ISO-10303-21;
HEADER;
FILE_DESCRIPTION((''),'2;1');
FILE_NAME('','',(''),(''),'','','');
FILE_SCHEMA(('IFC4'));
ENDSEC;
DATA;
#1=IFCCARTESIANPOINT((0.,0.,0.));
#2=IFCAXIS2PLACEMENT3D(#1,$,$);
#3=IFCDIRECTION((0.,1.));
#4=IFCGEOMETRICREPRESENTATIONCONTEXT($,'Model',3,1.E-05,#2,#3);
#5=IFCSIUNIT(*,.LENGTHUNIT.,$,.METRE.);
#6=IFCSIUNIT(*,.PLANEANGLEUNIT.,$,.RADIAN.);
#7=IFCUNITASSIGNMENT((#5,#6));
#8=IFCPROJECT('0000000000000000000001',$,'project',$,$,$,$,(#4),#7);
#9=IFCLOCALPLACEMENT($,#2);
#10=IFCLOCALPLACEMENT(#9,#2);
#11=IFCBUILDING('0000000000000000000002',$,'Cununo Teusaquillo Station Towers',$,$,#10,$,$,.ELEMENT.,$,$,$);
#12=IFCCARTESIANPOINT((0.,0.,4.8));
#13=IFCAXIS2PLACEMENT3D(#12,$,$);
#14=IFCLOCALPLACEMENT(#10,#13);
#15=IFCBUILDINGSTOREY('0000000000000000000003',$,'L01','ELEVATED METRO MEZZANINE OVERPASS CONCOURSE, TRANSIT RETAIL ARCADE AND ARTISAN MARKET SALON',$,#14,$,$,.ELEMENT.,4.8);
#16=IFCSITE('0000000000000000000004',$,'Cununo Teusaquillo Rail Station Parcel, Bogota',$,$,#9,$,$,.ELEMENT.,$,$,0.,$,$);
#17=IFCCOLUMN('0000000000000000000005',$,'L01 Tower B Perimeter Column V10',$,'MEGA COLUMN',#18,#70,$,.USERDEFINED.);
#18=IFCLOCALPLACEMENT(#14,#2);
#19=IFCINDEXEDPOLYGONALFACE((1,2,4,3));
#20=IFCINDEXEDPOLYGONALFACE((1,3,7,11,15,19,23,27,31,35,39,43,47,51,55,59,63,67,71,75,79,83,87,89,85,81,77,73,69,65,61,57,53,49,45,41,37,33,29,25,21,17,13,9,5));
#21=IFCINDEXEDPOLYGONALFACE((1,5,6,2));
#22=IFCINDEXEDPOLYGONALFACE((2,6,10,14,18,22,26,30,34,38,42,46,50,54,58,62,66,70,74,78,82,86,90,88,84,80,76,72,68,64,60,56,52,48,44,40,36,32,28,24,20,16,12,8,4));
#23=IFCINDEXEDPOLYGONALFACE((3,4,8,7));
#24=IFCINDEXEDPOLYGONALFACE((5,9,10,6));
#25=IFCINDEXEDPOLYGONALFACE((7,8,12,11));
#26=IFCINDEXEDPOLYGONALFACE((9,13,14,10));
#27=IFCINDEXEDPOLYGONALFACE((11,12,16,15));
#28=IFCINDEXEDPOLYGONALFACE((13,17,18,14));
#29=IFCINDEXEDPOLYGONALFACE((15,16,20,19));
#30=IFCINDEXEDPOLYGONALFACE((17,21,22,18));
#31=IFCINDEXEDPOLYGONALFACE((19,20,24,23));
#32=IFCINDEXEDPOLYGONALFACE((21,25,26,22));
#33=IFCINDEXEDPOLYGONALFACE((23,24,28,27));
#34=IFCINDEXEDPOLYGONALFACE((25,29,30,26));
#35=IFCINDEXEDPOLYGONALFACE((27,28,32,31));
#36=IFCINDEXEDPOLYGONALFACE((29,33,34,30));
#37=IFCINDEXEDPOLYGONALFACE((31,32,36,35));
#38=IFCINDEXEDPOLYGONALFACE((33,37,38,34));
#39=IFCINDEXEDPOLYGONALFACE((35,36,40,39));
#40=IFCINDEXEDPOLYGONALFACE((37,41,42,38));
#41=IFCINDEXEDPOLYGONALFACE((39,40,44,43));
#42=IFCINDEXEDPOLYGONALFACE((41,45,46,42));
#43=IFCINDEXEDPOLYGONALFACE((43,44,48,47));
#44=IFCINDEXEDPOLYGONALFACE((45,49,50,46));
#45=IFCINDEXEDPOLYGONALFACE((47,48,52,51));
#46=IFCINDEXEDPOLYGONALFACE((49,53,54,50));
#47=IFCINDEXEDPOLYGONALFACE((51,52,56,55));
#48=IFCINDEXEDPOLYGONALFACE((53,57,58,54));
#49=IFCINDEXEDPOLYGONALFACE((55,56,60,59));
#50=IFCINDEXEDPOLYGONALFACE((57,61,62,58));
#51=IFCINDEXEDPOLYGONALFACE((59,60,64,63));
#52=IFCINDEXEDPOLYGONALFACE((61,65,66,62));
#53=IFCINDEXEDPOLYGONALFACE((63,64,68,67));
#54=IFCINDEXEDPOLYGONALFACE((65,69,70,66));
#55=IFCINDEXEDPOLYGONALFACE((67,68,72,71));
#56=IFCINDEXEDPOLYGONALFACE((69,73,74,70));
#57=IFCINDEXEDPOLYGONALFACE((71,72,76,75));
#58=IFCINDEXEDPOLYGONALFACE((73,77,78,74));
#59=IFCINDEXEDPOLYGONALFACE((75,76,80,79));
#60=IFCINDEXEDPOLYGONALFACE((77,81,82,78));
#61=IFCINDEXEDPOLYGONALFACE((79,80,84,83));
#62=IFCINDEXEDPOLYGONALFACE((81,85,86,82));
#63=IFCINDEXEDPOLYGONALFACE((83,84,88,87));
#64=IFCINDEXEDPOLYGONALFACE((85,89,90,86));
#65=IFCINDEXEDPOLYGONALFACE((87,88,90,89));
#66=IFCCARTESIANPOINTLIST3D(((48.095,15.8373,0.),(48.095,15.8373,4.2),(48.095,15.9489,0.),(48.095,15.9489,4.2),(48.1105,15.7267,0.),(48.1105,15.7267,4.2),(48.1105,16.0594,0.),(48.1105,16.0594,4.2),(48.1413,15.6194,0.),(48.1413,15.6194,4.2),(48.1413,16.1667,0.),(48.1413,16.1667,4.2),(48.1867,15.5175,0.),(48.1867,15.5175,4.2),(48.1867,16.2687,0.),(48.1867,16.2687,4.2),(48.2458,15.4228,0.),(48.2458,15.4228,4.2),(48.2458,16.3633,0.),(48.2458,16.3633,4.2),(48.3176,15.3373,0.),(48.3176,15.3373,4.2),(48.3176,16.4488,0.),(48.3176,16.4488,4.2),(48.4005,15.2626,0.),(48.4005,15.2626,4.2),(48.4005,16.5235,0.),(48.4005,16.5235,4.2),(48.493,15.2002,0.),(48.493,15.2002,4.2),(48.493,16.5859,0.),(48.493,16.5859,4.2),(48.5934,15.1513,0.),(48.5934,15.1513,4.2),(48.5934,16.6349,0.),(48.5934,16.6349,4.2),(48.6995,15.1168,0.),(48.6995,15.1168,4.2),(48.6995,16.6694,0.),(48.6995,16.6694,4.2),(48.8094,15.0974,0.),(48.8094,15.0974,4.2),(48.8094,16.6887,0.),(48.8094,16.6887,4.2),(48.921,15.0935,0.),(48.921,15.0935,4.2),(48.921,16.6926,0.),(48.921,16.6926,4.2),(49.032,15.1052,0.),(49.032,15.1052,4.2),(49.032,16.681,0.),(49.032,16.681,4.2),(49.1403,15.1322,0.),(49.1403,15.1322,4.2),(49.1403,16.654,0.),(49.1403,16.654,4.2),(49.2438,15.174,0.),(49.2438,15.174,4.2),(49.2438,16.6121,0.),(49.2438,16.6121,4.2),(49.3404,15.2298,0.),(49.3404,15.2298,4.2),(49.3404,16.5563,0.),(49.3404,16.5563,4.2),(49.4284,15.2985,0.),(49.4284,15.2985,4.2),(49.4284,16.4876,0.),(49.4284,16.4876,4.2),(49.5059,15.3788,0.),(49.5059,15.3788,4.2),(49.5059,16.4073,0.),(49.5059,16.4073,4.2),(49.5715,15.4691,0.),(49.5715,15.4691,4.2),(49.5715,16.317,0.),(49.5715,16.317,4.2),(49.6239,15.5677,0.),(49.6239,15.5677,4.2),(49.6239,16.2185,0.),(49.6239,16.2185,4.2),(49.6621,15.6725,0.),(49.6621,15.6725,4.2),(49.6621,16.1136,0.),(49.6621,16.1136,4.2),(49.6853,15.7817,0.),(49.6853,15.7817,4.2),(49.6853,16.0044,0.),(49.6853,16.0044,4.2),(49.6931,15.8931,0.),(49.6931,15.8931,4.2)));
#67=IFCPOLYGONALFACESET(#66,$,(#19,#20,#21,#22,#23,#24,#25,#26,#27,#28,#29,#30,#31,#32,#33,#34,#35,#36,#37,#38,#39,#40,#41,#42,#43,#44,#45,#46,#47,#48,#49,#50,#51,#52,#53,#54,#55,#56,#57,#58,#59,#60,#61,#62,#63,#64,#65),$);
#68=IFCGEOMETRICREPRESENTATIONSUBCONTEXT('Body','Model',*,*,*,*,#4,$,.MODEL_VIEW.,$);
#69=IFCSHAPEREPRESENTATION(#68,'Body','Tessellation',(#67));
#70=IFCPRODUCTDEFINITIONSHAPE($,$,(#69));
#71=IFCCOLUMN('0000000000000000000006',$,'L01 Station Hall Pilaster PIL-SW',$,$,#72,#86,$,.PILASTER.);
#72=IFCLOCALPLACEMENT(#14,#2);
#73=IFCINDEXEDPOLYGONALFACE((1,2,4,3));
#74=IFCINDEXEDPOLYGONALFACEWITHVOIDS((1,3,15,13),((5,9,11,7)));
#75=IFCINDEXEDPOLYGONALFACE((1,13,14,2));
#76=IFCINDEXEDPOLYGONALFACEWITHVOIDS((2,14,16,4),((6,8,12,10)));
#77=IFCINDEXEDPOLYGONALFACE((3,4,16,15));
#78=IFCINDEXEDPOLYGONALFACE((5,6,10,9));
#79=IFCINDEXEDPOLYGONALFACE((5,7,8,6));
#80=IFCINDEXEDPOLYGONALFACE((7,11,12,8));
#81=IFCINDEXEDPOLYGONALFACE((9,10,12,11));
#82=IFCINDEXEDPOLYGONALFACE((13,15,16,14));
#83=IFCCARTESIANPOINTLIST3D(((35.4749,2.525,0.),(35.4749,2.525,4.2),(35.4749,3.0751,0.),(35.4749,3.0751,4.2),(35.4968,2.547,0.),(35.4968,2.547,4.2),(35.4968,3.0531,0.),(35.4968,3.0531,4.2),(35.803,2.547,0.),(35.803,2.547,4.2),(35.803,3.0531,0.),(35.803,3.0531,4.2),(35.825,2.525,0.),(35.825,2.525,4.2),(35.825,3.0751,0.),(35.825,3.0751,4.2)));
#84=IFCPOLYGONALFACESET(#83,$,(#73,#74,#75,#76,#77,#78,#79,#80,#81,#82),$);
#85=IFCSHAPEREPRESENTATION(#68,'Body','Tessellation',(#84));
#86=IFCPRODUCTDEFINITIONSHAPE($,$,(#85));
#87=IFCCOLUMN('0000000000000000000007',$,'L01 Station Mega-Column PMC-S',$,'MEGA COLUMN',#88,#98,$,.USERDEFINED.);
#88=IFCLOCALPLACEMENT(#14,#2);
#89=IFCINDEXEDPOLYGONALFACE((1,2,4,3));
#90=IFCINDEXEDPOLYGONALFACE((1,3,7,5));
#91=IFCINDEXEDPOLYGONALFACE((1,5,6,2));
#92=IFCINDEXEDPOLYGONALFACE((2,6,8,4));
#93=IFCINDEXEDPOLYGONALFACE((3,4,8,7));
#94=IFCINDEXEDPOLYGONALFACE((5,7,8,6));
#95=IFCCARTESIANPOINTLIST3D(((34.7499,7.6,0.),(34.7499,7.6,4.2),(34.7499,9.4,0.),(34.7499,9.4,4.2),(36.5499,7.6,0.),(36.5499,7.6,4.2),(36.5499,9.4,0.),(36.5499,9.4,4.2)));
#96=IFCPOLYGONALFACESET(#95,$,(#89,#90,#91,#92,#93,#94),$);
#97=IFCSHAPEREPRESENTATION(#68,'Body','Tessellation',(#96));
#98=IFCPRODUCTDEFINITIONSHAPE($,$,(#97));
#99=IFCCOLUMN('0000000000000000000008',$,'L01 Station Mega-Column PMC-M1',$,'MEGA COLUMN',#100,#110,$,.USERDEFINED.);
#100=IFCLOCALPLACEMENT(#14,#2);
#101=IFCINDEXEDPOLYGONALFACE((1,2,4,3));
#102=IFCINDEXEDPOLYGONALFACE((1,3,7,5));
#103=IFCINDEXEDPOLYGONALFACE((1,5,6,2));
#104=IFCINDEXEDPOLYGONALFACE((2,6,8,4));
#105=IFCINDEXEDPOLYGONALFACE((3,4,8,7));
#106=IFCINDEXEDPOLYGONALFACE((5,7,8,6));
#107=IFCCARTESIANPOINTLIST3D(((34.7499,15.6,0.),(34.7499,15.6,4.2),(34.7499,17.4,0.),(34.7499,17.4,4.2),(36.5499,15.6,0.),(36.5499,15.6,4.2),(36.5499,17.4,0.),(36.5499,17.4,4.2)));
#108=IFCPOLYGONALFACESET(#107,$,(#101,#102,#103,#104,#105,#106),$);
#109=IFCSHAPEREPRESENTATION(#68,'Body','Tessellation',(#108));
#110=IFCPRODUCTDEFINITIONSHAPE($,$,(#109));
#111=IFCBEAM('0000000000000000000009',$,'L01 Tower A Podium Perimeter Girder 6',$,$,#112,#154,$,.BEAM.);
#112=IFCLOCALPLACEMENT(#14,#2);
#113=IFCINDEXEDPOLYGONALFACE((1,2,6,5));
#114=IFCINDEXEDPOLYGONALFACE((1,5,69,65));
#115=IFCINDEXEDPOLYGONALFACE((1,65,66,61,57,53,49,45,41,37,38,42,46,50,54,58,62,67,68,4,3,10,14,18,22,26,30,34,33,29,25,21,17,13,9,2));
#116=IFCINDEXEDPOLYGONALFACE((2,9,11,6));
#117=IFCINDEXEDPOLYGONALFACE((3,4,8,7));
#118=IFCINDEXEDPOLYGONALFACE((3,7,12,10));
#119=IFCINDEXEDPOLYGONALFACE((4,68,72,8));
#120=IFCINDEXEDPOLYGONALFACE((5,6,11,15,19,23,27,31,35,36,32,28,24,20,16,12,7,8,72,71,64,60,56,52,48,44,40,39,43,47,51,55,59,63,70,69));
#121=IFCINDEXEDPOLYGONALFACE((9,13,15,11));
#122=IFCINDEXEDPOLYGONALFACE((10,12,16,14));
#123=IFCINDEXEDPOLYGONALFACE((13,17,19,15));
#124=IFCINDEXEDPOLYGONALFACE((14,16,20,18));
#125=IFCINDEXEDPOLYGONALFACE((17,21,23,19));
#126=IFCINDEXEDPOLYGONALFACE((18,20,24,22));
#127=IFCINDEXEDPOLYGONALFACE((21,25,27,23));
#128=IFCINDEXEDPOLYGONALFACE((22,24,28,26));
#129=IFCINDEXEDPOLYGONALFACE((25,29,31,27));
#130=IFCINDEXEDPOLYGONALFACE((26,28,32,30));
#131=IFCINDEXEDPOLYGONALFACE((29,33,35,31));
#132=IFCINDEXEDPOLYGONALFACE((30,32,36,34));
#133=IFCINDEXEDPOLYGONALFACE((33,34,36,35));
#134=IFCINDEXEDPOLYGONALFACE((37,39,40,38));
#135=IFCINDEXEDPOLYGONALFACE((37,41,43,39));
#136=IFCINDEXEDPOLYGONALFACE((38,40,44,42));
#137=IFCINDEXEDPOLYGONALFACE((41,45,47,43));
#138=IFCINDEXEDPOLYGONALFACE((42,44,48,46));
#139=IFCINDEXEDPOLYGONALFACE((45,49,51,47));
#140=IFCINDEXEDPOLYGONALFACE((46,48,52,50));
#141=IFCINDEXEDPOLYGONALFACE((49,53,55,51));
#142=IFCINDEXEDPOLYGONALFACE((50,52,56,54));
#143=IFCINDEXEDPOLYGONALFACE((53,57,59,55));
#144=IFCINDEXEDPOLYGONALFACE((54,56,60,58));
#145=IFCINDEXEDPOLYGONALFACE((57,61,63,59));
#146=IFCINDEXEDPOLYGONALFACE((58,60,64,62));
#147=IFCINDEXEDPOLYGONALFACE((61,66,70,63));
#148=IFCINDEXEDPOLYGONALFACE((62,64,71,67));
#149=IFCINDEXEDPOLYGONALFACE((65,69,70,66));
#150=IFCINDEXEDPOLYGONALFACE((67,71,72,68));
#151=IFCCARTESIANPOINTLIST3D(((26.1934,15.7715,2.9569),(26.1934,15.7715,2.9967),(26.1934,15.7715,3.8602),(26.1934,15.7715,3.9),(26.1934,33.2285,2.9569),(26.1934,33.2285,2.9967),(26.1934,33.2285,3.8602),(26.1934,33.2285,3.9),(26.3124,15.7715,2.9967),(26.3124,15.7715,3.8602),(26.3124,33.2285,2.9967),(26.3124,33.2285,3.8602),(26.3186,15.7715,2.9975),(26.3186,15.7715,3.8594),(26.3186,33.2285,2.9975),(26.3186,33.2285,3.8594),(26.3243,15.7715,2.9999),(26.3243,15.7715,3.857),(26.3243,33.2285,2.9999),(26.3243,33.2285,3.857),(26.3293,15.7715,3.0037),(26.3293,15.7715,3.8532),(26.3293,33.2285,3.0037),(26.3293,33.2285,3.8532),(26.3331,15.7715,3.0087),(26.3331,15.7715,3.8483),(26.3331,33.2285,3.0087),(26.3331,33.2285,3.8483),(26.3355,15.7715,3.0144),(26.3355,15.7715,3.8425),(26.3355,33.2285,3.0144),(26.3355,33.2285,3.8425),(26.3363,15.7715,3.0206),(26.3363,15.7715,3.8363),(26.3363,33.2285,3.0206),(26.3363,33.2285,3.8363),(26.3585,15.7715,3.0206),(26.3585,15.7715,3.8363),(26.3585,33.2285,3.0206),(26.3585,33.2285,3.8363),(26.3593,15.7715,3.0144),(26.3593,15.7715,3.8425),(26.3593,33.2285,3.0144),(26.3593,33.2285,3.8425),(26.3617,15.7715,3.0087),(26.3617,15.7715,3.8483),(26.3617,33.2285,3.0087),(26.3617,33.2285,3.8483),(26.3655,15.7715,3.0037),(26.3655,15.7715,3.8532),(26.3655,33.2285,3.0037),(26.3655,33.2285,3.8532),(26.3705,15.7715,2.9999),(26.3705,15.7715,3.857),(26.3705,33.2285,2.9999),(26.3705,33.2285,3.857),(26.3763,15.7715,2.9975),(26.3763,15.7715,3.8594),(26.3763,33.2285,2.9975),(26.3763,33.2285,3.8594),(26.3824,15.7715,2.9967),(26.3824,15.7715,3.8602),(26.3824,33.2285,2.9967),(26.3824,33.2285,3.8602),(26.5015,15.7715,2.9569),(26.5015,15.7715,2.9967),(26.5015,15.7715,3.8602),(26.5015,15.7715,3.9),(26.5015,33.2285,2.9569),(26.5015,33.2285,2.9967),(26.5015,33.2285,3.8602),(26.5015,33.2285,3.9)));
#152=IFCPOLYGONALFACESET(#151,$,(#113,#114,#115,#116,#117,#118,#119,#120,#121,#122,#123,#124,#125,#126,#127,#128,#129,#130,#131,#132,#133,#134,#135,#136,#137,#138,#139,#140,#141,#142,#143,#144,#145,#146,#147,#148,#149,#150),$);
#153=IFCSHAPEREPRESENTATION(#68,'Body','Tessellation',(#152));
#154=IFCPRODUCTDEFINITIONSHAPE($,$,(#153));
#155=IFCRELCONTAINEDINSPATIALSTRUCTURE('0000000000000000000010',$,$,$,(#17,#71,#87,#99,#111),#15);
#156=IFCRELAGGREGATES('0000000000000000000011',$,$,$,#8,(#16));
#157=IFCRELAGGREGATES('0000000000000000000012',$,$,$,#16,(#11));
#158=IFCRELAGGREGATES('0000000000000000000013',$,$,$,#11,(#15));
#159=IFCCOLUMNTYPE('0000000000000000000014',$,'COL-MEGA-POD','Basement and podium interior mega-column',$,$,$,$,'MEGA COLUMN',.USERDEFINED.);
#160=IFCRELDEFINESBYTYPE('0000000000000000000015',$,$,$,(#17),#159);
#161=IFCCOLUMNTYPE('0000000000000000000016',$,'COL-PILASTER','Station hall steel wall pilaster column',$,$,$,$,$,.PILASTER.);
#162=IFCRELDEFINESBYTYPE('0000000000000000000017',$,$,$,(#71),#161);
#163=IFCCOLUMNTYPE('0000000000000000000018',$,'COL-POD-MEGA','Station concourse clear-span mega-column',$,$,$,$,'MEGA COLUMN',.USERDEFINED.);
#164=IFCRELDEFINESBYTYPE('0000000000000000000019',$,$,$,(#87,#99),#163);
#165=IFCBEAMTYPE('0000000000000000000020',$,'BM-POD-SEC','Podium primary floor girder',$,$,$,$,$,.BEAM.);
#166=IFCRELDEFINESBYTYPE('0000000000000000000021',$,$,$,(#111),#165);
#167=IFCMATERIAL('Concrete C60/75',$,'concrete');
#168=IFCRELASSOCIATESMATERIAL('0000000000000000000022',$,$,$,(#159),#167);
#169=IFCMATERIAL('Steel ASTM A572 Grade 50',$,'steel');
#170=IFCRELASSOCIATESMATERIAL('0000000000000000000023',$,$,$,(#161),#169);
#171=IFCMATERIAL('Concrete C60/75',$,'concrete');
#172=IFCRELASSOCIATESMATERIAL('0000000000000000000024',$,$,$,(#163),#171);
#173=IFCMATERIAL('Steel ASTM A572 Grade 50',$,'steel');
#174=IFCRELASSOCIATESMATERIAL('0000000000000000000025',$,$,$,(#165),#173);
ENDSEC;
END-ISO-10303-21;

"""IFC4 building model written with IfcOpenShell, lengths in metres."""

from ifc_helpers import new_model, si_unit, direction, frame, origin, origin_2d, place, context, subcontext, project, spatial, rectangle, hollow_rectangle, circle, i_section, extrude, material, material_profile, profile_set, type_object, element, save


model = new_model("IFC4")

# Units and contexts
model_context = context("Model", 3, precision=1e-05, world=origin(), true_north=direction((0.0, 1.0)))
body_context = subcontext(model_context, "Body", "Model", "MODEL_VIEW")
ifc_project = project(units=[si_unit("LENGTHUNIT", "METRE"), si_unit("PLANEANGLEUNIT", "RADIAN")], contexts=[model_context])

# Site, building, storey
site_placement = place(None, origin())
site = spatial("IfcSite", under=ifc_project, at=site_placement, Name="Cununo Teusaquillo Rail Station Parcel, Bogota", CompositionType="ELEMENT", RefElevation=0.0)
building_placement = place(site_placement, origin())
building = spatial("IfcBuilding", under=site, at=building_placement, Name="Cununo Teusaquillo Station Towers", CompositionType="ELEMENT")
storey_placement = place(building_placement, frame((0.0, 0.0, 4.8)))
storey = spatial("IfcBuildingStorey", under=building, at=storey_placement, Name="L01", Description="ELEVATED METRO MEZZANINE OVERPASS CONCOURSE, TRANSIT RETAIL ARCADE AND ARTISAN MARKET SALON", CompositionType="ELEMENT", Elevation=4.8)

# Columns
ifc_material_1 = material(Name="Concrete C60/75", Category="concrete")
ifc_material_profile_1 = material_profile(ifc_material_1, circle(Radius=0.8, at=origin_2d()), Name="RC-CIRC-1600")
ifc_profile_set_1 = profile_set([ifc_material_profile_1], Name="Concrete C60/75")
column_type_1 = type_object("IfcColumnType", Name="COL-MEGA-POD", Description="Basement and podium interior mega-column", ElementType="MEGA COLUMN", PredefinedType="USERDEFINED", material=ifc_profile_set_1)
column_1_placement = place(storey_placement, frame((48.8931, 15.8931, 0.0), z_axis=(0.0, 0.0, 1.0), x_axis=(1.0, 0.0, 0.0)))
element("IfcColumn", 1, at=column_1_placement, inside=storey, type_object=column_type_1, Name="L01 Tower B Perimeter Column V10", ObjectType="MEGA COLUMN", PredefinedType="USERDEFINED", context=body_context, shape_type="SweptSolid", body=[
    extrude(circle(Radius=0.8, at=origin_2d()), origin(), (0.0, 0.0, 1.0), 4.2),
])
ifc_material_2 = material(Name="Steel ASTM A572 Grade 50", Category="steel")
ifc_material_profile_2 = material_profile(ifc_material_2, hollow_rectangle(XDim=0.3501, YDim=0.55, WallThickness=0.022, at=origin_2d()), Name="RHS 550x350x22")
ifc_profile_set_2 = profile_set([ifc_material_profile_2], Name="Steel ASTM A572 Grade 50")
column_type_2 = type_object("IfcColumnType", Name="COL-PILASTER", Description="Station hall steel wall pilaster column", PredefinedType="PILASTER", material=ifc_profile_set_2)
column_2_placement = place(storey_placement, frame((35.6499, 2.8, 0.0), z_axis=(0.0, 0.0, 1.0), x_axis=(1.0, 0.0, 0.0)))
element("IfcColumn", 2, at=column_2_placement, inside=storey, type_object=column_type_2, Name="L01 Station Hall Pilaster PIL-SW", PredefinedType="PILASTER", context=body_context, shape_type="SweptSolid", body=[
    extrude(hollow_rectangle(XDim=0.3501, YDim=0.55, WallThickness=0.022, at=origin_2d()), origin(), (0.0, 0.0, 1.0), 4.2),
])
ifc_material_3 = material(Name="Concrete C60/75", Category="concrete")
ifc_material_profile_3 = material_profile(ifc_material_3, rectangle(XDim=1.8, YDim=1.8, at=origin_2d()), Name="RC-RECT-1800x1800")
ifc_profile_set_3 = profile_set([ifc_material_profile_3], Name="Concrete C60/75")
column_type_3 = type_object("IfcColumnType", Name="COL-POD-MEGA", Description="Station concourse clear-span mega-column", ElementType="MEGA COLUMN", PredefinedType="USERDEFINED", material=ifc_profile_set_3)
for number, where, z_axis, x_axis, name in (
    (3, (35.6499, 8.5, 0.0), (0.0, 0.0, 1.0), (1.0, 0.0, 0.0), "L01 Station Mega-Column PMC-S"),
    (4, (35.6499, 16.5, 0.0), (0.0, 0.0, 1.0), (1.0, 0.0, 0.0), "L01 Station Mega-Column PMC-M1"),
):
    element("IfcColumn", number, at=place(storey_placement, frame(where, z_axis=z_axis, x_axis=x_axis)), inside=storey, type_object=column_type_3, Name=name, ObjectType="MEGA COLUMN", PredefinedType="USERDEFINED", context=body_context, shape_type="SweptSolid", body=[
        extrude(rectangle(XDim=1.8, YDim=1.8, at=origin_2d()), origin(), (0.0, 0.0, 1.0), 4.2),
    ])

# Beam
ifc_material_4 = material(Name="Steel ASTM A572 Grade 50", Category="steel")
ifc_material_profile_4 = material_profile(ifc_material_4, i_section(OverallWidth=0.3081, OverallDepth=0.9431, WebThickness=0.0222, FlangeThickness=0.0398, FilletRadius=0.0239, at=origin_2d()), Name="W36X232")
ifc_profile_set_4 = profile_set([ifc_material_profile_4], Name="Steel ASTM A572 Grade 50")
beam_type_1 = type_object("IfcBeamType", Name="BM-POD-SEC", Description="Podium primary floor girder", PredefinedType="BEAM", material=ifc_profile_set_4)
beam_1_placement = place(storey_placement, frame((26.3474, 15.7715, 3.4285), z_axis=(0.0, 1.0, 0.0), x_axis=(-1.0, 0.0, 0.0)))
element("IfcBeam", 5, at=beam_1_placement, inside=storey, type_object=beam_type_1, Name="L01 Tower A Podium Perimeter Girder 6", PredefinedType="BEAM", context=body_context, shape_type="SweptSolid", body=[
    extrude(i_section(OverallWidth=0.3081, OverallDepth=0.9431, WebThickness=0.0222, FlangeThickness=0.0398, FilletRadius=0.0239, at=origin_2d()), origin(), (0.0, 0.0, 1.0), 17.457),
])

save(model, "model.ifc")
